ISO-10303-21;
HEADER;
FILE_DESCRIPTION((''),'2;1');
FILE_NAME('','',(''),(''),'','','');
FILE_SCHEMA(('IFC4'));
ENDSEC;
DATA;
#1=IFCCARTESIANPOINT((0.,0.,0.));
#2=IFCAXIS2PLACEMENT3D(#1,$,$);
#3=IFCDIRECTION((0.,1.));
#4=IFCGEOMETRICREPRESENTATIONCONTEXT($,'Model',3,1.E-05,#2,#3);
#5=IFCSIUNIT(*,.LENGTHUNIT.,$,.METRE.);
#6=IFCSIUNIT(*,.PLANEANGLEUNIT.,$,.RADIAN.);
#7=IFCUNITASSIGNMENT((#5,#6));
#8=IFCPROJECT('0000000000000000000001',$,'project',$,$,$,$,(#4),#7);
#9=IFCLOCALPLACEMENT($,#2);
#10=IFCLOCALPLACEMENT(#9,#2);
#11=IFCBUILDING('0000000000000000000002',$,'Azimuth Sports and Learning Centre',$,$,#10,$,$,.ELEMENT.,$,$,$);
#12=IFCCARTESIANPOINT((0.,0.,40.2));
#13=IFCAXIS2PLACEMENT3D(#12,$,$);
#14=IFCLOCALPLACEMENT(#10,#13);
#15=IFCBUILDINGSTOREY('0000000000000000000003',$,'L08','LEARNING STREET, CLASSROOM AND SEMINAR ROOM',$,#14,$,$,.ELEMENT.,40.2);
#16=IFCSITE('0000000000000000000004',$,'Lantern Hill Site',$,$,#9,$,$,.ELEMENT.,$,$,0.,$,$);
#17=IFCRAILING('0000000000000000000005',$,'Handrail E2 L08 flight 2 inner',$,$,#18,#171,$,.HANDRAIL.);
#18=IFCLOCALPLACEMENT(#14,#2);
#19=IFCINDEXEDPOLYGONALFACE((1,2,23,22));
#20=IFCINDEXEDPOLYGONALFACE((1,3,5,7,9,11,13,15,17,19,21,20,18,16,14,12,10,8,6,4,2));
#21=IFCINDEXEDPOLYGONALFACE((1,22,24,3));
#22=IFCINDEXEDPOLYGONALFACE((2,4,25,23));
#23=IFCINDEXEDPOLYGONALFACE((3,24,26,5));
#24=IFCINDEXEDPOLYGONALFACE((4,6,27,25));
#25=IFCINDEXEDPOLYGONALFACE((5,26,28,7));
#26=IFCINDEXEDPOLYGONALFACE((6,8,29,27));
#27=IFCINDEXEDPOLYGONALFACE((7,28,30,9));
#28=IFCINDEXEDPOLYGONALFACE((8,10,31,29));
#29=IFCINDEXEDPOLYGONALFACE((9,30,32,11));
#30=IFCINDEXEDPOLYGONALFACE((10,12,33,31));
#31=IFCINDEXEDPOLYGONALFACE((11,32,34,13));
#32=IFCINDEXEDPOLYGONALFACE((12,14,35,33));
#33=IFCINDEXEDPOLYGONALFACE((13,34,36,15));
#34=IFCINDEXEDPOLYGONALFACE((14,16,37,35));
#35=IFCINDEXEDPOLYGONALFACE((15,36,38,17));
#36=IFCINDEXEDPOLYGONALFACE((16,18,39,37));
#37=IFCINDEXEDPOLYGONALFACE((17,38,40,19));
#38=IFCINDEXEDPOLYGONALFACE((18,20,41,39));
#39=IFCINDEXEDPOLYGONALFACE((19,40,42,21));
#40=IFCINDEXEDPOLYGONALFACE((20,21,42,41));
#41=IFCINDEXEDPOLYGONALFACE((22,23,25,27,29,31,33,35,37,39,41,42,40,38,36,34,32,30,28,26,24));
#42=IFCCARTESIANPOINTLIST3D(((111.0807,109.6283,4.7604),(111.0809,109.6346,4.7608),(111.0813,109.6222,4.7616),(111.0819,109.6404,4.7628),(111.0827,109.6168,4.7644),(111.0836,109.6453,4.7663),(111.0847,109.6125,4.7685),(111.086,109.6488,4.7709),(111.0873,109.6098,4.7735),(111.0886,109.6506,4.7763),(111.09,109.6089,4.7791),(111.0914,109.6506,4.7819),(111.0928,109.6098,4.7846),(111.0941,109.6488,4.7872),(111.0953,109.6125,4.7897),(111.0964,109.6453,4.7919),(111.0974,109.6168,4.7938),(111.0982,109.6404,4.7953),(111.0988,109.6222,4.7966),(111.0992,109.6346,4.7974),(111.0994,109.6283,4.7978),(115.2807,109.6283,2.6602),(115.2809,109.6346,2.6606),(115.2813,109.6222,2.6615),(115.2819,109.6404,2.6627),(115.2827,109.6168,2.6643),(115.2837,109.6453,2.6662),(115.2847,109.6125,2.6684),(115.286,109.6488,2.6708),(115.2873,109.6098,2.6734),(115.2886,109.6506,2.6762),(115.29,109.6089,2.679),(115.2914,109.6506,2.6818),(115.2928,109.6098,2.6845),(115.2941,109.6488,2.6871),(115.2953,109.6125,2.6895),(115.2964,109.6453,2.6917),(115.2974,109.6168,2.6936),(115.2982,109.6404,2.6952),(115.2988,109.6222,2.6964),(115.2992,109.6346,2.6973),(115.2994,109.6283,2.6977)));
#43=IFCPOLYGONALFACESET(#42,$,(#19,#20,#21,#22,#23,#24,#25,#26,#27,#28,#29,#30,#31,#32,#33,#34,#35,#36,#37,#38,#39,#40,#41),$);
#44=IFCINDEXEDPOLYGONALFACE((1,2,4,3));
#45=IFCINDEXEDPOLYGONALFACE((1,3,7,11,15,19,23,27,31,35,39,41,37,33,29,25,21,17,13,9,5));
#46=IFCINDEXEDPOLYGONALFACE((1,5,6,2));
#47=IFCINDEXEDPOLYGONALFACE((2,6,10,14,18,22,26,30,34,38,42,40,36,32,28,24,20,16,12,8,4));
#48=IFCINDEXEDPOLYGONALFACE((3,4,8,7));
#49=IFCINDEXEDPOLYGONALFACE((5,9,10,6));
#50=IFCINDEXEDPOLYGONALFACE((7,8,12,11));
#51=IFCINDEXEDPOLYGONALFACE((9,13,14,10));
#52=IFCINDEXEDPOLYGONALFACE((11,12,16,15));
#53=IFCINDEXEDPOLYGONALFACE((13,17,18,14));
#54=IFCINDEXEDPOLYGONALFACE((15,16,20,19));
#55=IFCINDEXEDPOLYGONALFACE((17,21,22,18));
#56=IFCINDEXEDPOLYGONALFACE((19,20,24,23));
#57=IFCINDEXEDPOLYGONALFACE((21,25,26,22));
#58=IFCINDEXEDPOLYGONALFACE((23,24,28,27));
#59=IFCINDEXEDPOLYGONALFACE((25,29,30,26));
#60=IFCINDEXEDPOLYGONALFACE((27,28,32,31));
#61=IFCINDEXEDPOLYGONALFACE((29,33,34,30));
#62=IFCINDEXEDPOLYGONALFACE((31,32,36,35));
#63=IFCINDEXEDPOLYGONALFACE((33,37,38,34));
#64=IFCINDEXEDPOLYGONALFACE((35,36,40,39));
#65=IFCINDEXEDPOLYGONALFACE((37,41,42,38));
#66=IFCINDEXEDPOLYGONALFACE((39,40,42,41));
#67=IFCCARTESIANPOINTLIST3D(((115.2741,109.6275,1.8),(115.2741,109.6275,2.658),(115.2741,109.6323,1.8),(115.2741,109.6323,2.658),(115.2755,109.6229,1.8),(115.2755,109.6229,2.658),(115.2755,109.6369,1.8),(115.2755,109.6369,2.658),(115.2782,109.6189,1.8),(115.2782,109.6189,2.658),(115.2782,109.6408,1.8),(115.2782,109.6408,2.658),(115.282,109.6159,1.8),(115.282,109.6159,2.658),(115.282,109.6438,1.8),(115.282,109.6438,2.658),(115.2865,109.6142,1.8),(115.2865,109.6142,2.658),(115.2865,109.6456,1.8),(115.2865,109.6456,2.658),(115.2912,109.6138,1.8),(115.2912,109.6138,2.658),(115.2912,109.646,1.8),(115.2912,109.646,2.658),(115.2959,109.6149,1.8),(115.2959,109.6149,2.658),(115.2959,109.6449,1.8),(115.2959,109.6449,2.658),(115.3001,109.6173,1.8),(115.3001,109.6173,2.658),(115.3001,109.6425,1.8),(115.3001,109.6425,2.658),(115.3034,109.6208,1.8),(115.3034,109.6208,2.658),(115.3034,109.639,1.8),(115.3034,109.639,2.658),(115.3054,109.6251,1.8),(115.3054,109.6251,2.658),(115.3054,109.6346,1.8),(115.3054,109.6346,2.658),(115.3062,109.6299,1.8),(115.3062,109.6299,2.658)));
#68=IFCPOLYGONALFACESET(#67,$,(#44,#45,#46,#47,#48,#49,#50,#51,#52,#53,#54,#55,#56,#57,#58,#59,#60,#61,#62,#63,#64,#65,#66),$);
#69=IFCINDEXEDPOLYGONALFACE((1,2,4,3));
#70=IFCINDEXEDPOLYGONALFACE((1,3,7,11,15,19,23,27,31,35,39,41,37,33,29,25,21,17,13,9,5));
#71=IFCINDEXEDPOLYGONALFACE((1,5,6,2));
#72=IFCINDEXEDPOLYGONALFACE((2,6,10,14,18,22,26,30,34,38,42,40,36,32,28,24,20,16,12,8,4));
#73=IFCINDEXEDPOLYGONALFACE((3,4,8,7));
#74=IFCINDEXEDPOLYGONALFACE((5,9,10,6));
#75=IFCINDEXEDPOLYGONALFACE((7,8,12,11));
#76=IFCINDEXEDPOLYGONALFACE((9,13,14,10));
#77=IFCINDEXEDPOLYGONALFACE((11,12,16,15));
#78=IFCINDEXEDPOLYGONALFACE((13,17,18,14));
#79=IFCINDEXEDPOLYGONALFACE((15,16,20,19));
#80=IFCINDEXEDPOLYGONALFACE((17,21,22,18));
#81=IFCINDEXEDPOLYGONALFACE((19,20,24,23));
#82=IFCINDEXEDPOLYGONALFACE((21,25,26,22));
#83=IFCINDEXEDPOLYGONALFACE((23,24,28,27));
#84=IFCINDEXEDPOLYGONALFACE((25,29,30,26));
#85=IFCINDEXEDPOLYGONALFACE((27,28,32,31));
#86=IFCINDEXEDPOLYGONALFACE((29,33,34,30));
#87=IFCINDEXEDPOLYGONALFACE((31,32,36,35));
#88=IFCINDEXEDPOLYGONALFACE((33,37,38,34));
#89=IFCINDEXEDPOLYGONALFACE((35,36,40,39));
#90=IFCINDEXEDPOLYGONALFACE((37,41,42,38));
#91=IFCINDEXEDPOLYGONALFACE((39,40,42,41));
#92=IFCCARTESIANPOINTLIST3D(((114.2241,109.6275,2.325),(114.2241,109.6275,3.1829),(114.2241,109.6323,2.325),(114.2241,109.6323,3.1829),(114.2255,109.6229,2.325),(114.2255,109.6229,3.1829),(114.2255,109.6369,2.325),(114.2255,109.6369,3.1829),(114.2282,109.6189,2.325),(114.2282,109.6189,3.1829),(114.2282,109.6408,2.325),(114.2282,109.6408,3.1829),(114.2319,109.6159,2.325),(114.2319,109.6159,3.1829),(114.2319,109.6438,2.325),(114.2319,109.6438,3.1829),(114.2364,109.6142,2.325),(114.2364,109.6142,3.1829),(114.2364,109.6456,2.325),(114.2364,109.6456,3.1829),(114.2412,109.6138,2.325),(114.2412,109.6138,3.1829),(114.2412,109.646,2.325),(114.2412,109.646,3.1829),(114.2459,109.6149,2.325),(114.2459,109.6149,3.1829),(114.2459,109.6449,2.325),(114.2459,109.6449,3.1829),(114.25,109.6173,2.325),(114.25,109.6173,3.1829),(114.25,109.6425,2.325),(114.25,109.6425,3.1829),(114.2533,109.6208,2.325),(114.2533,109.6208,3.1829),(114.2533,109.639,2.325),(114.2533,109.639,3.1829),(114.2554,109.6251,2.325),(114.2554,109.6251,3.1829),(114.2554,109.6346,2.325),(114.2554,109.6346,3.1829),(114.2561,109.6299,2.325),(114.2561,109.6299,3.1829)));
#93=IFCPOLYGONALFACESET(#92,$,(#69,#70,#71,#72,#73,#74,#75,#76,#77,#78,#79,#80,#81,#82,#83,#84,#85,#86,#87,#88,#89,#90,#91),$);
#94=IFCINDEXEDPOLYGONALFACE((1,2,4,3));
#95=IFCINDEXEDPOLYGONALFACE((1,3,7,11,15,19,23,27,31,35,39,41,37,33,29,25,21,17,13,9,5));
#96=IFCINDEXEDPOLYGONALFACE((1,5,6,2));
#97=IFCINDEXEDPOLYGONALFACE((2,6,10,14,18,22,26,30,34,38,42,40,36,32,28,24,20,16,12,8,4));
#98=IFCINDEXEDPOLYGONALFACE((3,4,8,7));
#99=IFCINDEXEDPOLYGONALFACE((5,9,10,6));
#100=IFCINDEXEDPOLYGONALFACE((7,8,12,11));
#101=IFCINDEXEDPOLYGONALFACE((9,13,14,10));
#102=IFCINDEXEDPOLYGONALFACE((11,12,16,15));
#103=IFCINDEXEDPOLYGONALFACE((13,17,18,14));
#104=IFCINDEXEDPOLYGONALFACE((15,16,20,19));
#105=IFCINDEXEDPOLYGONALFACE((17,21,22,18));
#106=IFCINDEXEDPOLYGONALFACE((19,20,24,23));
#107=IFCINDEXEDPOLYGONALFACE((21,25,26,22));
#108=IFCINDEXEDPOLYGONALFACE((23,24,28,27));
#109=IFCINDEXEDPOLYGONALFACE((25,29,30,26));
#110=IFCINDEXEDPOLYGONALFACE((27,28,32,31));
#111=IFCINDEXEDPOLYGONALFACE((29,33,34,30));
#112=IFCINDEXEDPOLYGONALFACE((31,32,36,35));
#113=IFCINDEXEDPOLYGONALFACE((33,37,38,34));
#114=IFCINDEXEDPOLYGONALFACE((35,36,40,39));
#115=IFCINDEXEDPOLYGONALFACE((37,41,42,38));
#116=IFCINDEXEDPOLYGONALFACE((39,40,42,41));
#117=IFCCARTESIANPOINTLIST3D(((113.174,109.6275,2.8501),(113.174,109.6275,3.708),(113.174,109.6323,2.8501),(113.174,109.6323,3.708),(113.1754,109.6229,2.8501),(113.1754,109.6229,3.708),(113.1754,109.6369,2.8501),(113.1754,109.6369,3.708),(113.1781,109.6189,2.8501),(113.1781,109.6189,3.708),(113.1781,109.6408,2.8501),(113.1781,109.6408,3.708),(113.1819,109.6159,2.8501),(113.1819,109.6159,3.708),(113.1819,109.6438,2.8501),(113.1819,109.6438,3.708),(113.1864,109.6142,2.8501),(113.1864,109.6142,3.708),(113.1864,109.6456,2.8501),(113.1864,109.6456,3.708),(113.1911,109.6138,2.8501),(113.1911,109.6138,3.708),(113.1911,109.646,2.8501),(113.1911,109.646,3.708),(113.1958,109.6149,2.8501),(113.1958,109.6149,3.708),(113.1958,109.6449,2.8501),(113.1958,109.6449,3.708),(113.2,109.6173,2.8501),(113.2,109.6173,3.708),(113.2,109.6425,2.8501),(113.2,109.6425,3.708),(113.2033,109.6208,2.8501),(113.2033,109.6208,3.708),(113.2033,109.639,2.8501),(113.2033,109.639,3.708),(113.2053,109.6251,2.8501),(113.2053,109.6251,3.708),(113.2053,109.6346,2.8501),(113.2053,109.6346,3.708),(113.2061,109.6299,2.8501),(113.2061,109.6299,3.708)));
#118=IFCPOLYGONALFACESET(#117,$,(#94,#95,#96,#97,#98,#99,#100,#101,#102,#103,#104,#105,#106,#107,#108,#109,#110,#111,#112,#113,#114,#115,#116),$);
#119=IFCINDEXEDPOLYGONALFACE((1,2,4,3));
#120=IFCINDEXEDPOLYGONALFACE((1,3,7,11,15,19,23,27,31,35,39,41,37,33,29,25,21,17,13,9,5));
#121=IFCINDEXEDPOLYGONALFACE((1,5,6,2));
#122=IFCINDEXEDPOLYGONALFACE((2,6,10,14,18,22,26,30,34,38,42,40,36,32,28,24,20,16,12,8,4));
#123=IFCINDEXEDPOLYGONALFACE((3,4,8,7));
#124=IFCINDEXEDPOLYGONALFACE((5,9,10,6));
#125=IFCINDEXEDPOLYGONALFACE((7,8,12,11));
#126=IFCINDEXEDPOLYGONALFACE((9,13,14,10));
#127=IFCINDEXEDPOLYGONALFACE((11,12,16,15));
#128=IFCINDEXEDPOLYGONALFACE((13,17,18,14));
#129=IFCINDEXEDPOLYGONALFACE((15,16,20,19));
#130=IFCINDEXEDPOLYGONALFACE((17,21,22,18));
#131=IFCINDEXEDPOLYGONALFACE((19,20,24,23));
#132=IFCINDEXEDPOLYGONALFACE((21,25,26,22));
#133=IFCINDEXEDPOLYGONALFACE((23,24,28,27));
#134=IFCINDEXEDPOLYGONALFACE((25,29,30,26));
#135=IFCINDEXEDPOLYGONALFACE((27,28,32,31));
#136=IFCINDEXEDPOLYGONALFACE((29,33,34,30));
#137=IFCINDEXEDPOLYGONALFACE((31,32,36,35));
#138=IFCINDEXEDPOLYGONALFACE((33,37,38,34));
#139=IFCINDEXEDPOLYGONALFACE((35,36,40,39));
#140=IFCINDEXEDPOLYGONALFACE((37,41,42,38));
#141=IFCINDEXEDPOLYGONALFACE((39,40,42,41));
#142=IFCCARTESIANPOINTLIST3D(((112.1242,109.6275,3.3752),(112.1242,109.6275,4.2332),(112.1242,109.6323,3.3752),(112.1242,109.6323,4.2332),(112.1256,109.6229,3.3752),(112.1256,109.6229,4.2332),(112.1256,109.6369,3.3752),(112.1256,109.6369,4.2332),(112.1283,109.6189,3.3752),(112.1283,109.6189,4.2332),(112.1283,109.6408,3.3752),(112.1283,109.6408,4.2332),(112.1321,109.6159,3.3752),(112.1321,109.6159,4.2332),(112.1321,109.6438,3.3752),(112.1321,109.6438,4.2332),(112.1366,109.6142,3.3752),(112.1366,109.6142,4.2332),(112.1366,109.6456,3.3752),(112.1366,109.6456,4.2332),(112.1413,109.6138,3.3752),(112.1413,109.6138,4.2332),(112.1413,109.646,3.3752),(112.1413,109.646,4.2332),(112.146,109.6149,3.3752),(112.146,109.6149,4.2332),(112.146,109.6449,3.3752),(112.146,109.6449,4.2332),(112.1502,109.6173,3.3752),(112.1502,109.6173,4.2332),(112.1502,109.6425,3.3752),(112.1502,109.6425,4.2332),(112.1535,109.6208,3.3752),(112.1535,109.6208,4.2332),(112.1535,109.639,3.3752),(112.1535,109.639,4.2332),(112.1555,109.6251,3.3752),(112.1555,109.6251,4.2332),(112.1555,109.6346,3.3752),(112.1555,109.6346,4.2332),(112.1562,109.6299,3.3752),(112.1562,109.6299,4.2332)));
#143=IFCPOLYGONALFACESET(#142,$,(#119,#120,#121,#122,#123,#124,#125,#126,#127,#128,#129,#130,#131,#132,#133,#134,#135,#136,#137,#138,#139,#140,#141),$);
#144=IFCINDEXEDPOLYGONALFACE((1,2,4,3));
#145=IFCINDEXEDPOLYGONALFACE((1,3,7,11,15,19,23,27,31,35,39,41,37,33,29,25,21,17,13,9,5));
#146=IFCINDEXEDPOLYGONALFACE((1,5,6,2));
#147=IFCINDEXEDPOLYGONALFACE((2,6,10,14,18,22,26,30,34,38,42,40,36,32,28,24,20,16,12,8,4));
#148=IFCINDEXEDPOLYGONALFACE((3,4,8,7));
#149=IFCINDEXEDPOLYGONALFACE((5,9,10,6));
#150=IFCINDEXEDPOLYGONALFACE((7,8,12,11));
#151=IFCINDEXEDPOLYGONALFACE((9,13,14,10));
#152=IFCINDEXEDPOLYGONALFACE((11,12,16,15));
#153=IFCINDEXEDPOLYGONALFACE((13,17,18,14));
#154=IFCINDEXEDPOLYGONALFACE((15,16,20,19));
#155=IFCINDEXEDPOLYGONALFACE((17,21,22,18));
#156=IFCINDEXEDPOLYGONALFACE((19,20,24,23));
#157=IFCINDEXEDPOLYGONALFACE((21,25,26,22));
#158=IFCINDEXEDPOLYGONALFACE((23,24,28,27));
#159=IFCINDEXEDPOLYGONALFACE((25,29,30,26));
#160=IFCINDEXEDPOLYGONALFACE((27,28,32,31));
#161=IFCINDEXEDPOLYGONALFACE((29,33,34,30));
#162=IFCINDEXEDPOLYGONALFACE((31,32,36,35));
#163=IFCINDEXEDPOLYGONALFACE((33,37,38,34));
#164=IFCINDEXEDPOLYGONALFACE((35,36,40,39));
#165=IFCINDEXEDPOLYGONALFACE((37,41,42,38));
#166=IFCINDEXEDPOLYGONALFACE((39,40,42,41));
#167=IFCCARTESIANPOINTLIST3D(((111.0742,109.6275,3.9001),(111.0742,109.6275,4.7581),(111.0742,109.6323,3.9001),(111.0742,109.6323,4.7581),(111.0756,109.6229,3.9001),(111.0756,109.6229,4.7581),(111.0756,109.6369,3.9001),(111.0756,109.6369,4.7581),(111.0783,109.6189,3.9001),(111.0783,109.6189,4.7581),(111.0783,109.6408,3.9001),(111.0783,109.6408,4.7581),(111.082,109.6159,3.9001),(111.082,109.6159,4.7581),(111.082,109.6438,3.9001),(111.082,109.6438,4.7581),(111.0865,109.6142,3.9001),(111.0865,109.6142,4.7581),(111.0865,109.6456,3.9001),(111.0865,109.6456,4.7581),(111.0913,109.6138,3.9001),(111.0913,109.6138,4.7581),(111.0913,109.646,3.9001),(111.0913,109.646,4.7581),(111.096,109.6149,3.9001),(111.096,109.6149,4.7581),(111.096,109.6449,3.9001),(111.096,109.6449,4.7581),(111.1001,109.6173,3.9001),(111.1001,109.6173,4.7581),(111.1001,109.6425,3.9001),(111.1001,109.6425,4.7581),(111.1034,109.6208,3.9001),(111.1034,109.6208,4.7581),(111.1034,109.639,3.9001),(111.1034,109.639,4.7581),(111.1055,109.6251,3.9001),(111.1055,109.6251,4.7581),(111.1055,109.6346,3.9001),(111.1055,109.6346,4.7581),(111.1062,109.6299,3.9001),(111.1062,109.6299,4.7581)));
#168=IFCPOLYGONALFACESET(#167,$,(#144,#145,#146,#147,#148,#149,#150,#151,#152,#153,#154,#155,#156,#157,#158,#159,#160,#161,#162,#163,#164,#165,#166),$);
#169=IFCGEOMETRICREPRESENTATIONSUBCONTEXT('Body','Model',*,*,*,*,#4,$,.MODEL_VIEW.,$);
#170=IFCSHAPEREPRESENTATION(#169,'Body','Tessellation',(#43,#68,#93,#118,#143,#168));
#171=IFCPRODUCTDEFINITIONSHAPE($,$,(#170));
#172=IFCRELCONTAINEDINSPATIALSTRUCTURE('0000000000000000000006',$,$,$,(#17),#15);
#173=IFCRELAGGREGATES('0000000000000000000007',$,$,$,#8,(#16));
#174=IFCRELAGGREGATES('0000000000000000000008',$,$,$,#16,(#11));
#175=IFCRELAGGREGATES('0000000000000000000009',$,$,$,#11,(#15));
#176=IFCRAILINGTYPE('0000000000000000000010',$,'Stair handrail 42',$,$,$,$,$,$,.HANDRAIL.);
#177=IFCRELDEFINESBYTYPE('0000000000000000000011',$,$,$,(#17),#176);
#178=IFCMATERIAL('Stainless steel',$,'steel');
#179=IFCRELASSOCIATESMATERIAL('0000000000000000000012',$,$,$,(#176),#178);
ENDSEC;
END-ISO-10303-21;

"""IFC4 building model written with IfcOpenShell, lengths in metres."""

from ifc_helpers import new_model, si_unit, direction, frame, origin, origin_2d, place, context, subcontext, project, spatial, circle, extrude, material, type_object, element, save


model = new_model("IFC4")

# Units and contexts
model_context = context("Model", 3, precision=1e-05, world=origin(), true_north=direction((0.0, 1.0)))
body_context = subcontext(model_context, "Body", "Model", "MODEL_VIEW")
ifc_project = project(units=[si_unit("LENGTHUNIT", "METRE"), si_unit("PLANEANGLEUNIT", "RADIAN")], contexts=[model_context])

# Site, building, storey
site_placement = place(None, origin())
site = spatial("IfcSite", under=ifc_project, at=site_placement, Name="Lantern Hill Site", CompositionType="ELEMENT", RefElevation=0.0)
building_placement = place(site_placement, origin())
building = spatial("IfcBuilding", under=site, at=building_placement, Name="Azimuth Sports and Learning Centre", CompositionType="ELEMENT")
storey_placement = place(building_placement, frame((0.0, 0.0, 40.2)))
storey = spatial("IfcBuildingStorey", under=building, at=storey_placement, Name="L08", Description="LEARNING STREET, CLASSROOM AND SEMINAR ROOM", CompositionType="ELEMENT", Elevation=40.2)

# Railing
ifc_material_1 = material(Name="Stainless steel", Category="steel")
railing_type_1 = type_object("IfcRailingType", Name="Stair handrail 42", PredefinedType="HANDRAIL", material=ifc_material_1)
railing_1_placement = place(storey_placement, frame((115.29, 109.6299, 1.8)))
element("IfcRailing", 1, at=railing_1_placement, inside=storey, type_object=railing_type_1, Name="Handrail E2 L08 flight 2 inner", PredefinedType="HANDRAIL", context=body_context, shape_type="SweptSolid", body=[
    extrude(circle(Radius=0.021, at=origin_2d()), frame((0.0, 0.0, 0.8789), z_axis=(-0.894417, 0.0, 0.447234), x_axis=(0.0, -1.0, 0.0)), (0.0, 0.0, 1.0), 4.6958),
    extrude(circle(Radius=0.0161, at=origin_2d()), origin(), (0.0, 0.0, 1.0), 0.8579),
    extrude(circle(Radius=0.0161, at=origin_2d()), frame((-1.05, 0.0, 0.5249)), (0.0, 0.0, 1.0), 0.8579),
    extrude(circle(Radius=0.0161, at=origin_2d()), frame((-2.1001, 0.0, 1.05)), (0.0, 0.0, 1.0), 0.8579),
    extrude(circle(Radius=0.0161, at=origin_2d()), frame((-3.1499, 0.0, 1.5752)), (0.0, 0.0, 1.0), 0.8579),
    extrude(circle(Radius=0.0161, at=origin_2d()), frame((-4.2, 0.0, 2.1001)), (0.0, 0.0, 1.0), 0.8579),
])

save(model, "model.ifc")
